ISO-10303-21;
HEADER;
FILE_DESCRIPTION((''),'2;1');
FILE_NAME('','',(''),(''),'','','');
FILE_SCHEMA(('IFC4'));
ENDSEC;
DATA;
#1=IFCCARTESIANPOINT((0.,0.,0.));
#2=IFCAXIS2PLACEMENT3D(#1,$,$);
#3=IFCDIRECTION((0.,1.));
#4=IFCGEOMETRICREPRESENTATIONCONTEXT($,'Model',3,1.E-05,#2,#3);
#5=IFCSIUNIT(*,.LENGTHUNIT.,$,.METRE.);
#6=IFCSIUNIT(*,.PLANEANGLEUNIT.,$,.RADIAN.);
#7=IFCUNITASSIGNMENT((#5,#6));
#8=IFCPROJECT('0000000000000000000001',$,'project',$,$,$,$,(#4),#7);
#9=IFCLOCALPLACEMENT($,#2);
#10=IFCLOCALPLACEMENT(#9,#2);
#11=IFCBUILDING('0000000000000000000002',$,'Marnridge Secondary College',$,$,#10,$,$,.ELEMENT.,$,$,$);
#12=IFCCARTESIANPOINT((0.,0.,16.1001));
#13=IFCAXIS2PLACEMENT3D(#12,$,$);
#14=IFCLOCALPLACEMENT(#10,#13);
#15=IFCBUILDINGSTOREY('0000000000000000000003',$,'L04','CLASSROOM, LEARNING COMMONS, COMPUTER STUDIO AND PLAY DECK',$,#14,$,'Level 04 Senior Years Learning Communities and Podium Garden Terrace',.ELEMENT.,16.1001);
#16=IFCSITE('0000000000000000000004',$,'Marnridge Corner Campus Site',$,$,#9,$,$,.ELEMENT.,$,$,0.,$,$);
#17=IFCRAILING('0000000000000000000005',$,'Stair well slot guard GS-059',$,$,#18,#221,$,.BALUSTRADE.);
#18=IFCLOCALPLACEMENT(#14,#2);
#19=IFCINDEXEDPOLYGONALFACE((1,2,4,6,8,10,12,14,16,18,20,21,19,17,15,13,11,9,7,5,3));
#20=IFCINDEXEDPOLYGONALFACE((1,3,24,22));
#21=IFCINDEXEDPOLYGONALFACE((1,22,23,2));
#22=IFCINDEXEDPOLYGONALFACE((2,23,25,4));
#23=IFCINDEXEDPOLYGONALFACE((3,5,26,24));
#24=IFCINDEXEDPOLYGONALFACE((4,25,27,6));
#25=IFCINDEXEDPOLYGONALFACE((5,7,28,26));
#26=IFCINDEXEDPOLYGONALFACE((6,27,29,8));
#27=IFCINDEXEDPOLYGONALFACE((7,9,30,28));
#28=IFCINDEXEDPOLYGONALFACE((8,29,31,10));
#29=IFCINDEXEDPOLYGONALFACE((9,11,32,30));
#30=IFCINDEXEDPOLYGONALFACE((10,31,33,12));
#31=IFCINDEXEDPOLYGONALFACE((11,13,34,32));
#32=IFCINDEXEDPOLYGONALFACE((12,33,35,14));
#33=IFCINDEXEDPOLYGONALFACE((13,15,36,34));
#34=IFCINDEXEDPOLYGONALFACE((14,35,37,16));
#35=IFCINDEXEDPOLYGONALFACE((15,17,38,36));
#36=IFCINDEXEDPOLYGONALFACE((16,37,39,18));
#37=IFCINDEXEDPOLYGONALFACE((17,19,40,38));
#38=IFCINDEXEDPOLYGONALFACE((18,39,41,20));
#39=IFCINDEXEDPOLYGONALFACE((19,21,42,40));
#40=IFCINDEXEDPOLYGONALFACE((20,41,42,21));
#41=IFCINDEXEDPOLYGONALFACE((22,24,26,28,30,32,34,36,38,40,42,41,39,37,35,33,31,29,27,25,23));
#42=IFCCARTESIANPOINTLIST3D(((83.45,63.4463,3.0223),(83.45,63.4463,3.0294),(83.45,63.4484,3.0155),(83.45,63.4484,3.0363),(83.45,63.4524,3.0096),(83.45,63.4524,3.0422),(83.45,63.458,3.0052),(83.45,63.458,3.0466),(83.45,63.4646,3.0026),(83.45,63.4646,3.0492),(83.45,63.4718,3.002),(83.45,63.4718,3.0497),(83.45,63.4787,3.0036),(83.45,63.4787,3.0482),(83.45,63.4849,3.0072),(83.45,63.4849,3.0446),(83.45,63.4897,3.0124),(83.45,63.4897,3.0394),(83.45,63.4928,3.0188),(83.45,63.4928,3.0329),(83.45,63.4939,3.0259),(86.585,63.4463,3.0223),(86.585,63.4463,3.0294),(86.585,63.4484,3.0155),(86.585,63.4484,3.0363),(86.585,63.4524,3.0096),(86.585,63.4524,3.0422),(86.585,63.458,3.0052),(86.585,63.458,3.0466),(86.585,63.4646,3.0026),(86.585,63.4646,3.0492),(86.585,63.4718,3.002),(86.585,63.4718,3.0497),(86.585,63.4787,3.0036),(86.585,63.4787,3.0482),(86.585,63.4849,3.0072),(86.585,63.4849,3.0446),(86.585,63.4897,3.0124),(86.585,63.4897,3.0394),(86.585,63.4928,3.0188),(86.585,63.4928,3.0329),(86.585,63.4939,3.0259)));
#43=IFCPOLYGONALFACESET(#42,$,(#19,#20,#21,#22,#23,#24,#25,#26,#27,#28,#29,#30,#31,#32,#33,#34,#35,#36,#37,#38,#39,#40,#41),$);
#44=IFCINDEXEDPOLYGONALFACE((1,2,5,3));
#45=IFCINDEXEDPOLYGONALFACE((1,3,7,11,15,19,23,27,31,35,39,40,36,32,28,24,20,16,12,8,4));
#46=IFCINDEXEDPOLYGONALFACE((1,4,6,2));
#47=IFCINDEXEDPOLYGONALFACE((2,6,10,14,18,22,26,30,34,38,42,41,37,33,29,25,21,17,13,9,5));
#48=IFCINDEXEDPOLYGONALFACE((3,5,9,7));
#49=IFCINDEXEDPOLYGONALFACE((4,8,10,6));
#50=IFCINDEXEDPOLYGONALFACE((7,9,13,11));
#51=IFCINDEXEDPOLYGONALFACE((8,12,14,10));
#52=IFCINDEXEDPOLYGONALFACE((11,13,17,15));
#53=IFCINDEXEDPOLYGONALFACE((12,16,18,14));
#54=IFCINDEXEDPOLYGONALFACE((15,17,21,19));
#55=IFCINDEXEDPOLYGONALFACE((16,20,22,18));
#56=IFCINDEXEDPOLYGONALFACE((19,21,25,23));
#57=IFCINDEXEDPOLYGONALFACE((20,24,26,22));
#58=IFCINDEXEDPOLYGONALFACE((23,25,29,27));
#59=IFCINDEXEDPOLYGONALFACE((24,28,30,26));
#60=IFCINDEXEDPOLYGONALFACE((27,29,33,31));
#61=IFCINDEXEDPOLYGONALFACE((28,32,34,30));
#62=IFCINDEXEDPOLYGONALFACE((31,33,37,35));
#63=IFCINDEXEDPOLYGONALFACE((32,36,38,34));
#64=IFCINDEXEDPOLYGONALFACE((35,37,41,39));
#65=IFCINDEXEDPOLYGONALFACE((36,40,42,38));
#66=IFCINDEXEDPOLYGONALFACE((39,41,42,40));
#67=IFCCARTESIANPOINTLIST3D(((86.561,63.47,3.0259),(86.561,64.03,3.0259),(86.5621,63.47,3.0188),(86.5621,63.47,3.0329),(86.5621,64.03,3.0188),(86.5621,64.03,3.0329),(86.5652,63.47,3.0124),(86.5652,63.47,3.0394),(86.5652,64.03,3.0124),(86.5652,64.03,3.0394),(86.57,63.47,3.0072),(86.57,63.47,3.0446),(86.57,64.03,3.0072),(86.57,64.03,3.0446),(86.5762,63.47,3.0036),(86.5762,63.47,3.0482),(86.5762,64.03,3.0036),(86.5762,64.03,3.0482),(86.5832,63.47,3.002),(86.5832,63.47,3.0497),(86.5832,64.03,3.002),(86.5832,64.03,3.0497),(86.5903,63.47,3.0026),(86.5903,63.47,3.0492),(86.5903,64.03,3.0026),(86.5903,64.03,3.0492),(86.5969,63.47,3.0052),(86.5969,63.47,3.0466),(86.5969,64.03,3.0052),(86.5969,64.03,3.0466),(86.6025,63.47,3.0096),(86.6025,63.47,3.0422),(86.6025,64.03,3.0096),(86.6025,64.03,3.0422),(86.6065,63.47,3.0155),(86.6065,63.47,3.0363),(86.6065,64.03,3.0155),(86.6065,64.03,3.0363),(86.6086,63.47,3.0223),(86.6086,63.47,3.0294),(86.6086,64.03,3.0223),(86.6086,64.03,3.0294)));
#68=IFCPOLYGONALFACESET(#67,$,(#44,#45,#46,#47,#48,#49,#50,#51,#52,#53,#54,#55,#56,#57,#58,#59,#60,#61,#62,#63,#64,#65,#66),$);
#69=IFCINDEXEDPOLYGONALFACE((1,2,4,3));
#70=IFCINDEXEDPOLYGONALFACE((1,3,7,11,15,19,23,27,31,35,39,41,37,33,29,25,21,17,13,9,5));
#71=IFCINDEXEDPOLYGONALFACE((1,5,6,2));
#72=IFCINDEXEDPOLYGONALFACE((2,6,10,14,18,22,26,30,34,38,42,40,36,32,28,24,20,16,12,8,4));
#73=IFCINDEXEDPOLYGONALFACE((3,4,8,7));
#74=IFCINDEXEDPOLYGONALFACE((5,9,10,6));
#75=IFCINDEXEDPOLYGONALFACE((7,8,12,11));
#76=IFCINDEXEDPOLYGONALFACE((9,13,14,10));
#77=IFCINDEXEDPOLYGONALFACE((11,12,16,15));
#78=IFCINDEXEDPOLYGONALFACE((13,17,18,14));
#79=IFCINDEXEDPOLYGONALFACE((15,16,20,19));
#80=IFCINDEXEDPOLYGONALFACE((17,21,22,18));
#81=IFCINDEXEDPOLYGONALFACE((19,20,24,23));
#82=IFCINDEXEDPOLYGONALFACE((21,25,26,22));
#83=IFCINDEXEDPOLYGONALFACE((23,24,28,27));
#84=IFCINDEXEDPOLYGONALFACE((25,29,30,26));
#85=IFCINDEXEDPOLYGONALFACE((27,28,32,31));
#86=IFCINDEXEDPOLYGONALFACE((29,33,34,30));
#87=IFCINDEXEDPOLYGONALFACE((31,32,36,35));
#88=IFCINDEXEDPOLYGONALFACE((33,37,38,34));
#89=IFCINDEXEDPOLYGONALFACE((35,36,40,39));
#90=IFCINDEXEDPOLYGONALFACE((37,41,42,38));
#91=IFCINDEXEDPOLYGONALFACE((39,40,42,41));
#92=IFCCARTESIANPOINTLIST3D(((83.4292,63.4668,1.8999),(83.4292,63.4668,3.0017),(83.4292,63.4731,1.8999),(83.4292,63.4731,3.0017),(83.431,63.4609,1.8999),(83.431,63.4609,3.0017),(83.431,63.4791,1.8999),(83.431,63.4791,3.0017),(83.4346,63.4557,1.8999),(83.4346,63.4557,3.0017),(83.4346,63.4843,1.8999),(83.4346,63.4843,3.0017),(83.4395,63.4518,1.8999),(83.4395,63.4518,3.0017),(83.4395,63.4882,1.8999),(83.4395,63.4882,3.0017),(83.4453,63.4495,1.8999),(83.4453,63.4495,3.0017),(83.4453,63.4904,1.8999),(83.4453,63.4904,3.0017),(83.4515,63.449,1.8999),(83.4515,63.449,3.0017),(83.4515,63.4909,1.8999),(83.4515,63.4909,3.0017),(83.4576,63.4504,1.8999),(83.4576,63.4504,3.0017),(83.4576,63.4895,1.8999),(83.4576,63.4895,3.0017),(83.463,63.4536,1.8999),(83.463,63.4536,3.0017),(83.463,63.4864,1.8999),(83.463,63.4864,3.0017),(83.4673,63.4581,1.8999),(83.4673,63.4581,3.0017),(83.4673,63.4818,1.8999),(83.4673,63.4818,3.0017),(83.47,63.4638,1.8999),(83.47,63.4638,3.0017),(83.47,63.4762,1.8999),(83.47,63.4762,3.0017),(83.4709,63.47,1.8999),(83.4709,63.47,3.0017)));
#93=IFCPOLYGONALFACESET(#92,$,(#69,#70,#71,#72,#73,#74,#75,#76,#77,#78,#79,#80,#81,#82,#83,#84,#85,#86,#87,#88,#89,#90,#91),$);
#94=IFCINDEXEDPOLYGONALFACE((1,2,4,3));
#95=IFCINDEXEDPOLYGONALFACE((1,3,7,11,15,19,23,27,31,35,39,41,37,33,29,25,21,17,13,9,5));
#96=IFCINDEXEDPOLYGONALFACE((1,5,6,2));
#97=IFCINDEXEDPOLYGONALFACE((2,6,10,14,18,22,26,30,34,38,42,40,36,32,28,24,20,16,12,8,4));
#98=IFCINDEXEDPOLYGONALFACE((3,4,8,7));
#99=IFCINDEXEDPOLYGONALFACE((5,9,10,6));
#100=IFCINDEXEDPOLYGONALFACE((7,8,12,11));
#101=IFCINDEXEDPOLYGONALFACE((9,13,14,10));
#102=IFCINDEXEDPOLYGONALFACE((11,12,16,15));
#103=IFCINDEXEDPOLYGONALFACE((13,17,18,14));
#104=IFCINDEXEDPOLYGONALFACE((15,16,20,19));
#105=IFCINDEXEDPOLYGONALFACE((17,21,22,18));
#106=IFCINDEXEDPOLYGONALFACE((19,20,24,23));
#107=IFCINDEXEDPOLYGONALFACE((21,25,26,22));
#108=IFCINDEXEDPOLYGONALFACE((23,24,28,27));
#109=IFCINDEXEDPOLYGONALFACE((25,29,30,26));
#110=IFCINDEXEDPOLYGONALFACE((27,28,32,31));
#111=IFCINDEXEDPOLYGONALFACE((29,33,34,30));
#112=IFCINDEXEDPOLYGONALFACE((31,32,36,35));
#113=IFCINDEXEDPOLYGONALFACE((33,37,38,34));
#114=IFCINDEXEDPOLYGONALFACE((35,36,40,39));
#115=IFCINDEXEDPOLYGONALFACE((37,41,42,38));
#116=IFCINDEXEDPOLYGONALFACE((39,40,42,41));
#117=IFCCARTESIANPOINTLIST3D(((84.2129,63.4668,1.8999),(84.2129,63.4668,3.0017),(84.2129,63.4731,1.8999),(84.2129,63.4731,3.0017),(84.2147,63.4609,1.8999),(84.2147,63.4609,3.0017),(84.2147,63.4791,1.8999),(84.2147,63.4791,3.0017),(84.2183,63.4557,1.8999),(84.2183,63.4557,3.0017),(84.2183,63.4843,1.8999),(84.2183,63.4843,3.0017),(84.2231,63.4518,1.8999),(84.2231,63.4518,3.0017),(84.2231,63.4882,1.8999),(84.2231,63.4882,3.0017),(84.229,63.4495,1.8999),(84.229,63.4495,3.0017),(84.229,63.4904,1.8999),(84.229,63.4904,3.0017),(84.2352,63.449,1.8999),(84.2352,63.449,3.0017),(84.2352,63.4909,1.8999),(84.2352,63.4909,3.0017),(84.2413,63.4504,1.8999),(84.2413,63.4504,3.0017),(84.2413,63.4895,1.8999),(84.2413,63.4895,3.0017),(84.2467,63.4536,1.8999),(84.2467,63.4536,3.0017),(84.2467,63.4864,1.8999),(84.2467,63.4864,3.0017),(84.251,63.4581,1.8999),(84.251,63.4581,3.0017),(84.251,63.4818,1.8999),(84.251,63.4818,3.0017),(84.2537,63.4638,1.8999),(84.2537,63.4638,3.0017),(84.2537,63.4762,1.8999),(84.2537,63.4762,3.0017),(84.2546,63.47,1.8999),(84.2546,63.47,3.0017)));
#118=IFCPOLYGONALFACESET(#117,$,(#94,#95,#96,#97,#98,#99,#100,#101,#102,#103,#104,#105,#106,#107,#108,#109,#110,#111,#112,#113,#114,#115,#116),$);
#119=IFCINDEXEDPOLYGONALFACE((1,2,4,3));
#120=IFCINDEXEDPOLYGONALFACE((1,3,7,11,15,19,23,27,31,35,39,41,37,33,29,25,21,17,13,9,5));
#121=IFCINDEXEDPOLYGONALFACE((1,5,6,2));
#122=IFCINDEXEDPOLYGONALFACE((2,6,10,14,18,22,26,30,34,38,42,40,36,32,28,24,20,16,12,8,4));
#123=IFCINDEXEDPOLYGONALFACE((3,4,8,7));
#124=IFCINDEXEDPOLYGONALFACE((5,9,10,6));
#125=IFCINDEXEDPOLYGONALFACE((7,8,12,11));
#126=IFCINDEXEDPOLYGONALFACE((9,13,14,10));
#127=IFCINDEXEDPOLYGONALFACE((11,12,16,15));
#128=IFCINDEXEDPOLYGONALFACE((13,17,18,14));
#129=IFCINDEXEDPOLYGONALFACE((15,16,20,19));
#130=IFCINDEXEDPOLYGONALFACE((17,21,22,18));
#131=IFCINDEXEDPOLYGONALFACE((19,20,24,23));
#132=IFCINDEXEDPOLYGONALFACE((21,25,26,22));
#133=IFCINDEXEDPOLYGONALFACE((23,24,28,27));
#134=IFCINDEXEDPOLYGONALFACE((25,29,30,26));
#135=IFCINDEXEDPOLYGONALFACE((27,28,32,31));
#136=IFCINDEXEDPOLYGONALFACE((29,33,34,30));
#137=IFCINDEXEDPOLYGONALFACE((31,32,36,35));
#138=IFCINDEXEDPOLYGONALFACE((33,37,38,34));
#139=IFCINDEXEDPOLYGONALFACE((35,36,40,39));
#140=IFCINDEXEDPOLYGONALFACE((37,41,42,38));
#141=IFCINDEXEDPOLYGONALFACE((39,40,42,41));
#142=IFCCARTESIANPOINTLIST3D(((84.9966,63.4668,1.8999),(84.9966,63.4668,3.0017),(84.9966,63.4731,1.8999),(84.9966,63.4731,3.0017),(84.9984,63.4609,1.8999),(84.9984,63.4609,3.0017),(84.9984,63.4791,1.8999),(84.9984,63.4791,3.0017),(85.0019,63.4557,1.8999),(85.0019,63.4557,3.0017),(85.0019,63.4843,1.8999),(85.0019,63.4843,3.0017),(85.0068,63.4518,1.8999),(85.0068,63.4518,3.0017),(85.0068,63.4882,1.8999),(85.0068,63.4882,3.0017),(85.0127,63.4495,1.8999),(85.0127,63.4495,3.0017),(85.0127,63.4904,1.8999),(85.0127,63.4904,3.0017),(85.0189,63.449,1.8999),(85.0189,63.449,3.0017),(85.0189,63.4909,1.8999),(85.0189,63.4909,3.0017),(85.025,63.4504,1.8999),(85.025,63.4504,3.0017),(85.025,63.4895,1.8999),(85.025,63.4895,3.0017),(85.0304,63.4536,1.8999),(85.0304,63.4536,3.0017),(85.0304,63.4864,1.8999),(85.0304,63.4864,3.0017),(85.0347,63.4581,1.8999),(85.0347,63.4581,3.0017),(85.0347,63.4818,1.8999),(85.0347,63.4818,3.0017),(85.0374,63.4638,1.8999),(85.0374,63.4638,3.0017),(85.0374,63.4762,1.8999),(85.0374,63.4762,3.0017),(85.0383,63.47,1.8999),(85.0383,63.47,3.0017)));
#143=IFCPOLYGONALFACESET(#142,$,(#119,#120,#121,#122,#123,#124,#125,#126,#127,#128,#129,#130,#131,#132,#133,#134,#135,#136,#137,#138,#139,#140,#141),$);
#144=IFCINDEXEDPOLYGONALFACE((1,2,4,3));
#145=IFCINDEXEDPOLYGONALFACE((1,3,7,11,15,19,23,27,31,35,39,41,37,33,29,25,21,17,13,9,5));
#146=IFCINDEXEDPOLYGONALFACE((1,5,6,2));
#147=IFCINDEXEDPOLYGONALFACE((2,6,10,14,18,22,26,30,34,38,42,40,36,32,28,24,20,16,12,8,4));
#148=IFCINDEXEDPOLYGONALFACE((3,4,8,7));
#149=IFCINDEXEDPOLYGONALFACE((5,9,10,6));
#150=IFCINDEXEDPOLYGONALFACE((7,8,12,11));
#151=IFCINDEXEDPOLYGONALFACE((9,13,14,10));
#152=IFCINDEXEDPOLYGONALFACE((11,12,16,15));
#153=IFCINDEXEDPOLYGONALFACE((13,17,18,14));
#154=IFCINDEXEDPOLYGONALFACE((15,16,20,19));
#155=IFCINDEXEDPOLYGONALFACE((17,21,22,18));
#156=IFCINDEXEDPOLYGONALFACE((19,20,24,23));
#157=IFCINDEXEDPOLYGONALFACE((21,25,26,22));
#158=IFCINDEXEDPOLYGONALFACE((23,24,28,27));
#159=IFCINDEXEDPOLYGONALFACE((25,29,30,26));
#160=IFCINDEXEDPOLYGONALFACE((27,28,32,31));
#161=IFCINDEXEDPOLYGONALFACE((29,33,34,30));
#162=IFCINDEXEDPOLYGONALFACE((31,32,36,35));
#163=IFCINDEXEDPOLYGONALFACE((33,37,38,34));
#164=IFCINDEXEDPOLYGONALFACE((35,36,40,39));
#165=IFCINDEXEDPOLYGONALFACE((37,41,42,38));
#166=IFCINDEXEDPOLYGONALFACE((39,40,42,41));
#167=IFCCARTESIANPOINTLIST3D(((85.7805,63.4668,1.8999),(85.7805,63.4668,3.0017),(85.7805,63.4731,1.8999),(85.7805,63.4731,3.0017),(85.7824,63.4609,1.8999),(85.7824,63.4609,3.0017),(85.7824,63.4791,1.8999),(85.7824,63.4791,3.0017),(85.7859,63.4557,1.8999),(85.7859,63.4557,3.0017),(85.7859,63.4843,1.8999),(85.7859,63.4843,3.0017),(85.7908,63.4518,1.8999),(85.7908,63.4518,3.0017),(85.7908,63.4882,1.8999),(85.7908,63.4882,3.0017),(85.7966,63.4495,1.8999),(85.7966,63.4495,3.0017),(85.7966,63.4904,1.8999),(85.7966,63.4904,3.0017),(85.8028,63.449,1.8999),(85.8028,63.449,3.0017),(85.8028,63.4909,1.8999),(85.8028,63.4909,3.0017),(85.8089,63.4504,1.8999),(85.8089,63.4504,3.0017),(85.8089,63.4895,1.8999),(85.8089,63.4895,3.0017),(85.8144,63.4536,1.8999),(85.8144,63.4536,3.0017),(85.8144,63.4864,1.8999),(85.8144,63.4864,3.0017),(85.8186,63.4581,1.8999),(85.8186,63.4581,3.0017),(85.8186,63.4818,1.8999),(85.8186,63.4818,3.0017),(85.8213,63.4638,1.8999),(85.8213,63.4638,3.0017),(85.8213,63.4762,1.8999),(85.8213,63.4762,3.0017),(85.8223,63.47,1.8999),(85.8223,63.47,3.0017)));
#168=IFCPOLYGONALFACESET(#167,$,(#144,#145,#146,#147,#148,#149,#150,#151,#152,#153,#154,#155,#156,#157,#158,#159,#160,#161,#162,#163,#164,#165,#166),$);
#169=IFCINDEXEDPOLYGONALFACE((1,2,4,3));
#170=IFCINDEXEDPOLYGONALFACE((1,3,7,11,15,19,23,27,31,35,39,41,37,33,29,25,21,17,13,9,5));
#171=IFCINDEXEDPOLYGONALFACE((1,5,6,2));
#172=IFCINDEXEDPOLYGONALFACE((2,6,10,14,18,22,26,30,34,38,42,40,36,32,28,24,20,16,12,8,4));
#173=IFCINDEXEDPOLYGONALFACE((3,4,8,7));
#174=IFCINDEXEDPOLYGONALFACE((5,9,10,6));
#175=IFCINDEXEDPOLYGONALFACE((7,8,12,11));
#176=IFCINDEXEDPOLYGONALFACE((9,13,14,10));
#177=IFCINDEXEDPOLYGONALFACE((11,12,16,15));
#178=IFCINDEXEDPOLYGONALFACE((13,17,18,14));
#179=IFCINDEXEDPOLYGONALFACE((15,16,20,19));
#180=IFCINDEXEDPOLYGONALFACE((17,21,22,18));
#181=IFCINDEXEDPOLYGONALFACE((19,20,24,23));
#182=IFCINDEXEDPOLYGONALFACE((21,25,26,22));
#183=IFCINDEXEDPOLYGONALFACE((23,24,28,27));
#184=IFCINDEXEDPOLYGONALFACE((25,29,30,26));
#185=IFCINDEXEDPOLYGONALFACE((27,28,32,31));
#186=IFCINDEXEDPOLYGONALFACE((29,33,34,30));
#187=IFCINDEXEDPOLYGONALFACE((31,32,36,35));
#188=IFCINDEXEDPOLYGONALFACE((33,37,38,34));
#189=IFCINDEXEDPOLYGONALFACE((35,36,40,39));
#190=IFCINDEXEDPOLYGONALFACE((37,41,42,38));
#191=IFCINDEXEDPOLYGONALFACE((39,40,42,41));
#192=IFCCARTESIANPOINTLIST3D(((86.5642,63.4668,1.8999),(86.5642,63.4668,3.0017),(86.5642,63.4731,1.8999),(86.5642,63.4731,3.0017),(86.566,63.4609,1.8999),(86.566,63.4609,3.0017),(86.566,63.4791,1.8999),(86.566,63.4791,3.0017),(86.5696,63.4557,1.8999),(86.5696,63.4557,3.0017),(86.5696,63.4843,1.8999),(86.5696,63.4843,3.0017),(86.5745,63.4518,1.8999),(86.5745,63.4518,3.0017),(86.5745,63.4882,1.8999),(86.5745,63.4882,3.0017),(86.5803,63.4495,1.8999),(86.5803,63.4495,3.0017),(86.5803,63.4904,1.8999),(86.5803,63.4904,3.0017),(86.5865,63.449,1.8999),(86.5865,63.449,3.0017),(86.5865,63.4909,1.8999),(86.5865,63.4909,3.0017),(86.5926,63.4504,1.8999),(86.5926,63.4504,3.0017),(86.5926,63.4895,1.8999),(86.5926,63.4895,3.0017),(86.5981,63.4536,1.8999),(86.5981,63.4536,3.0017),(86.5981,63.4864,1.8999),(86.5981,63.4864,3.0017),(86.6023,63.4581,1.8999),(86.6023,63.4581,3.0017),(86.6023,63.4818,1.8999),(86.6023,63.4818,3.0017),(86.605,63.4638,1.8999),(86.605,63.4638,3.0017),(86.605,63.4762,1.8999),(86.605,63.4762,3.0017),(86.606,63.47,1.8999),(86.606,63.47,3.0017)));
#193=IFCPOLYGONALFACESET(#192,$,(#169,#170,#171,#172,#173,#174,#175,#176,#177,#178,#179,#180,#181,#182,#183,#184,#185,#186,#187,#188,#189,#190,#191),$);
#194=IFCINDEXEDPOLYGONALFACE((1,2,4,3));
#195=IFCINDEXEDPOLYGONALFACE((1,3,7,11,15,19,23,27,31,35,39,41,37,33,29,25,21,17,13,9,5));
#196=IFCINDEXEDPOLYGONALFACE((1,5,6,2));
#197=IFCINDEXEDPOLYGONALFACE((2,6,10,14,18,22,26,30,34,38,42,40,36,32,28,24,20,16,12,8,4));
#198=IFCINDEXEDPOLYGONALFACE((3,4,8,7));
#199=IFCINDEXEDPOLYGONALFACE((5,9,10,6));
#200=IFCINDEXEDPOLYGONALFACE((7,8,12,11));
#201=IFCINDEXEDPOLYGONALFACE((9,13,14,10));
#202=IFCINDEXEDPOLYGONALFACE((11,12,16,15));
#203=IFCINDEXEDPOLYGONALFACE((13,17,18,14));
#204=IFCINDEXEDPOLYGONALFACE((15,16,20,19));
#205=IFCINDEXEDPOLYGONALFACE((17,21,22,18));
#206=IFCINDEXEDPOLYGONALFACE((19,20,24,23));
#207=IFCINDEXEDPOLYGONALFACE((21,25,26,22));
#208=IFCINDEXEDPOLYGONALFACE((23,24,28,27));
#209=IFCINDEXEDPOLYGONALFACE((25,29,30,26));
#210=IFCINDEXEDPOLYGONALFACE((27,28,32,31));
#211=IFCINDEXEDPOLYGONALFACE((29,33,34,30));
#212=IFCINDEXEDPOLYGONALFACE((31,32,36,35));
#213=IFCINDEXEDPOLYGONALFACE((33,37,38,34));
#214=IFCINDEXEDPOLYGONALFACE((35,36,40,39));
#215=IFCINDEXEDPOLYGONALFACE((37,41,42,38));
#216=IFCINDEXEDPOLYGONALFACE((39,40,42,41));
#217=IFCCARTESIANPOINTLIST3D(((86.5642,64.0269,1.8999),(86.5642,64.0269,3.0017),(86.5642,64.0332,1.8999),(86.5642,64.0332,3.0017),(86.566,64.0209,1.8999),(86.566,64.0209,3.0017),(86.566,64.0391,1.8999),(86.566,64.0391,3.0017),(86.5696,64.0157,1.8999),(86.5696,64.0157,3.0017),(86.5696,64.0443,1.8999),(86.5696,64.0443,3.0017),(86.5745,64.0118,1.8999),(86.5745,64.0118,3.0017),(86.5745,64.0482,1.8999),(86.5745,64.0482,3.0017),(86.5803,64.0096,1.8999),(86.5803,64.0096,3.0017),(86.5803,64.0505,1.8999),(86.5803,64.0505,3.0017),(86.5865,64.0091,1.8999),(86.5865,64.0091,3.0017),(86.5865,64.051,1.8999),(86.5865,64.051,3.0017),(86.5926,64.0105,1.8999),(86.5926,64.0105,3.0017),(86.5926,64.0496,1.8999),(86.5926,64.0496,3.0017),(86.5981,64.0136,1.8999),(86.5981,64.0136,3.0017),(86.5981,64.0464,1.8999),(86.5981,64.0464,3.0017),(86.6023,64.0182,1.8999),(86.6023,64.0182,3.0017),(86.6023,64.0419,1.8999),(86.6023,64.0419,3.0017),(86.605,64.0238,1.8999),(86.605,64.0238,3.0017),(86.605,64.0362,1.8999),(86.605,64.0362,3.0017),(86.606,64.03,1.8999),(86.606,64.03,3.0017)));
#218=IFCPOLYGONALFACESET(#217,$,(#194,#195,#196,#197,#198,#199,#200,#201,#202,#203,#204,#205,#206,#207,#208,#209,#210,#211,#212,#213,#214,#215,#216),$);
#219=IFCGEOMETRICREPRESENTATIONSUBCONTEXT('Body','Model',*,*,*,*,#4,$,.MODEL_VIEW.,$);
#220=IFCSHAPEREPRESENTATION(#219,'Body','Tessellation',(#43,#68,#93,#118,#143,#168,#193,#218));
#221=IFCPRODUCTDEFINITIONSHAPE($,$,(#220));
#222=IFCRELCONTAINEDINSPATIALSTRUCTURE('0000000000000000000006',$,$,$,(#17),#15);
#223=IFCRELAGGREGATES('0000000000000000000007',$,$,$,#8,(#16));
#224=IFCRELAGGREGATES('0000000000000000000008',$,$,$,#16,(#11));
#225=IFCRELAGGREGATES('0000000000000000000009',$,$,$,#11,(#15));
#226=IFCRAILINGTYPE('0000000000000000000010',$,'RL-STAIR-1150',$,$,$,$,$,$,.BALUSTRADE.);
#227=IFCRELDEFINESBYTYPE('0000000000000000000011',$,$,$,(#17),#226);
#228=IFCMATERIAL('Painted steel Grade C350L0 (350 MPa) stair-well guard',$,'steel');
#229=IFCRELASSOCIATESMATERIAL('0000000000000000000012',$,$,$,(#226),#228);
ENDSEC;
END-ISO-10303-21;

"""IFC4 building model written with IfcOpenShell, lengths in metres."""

from ifc_helpers import new_model, si_unit, direction, frame, origin, origin_2d, place, context, subcontext, project, spatial, circle, extrude, material, type_object, element, save


model = new_model("IFC4")

# Units and contexts
model_context = context("Model", 3, precision=1e-05, world=origin(), true_north=direction((0.0, 1.0)))
body_context = subcontext(model_context, "Body", "Model", "MODEL_VIEW")
ifc_project = project(units=[si_unit("LENGTHUNIT", "METRE"), si_unit("PLANEANGLEUNIT", "RADIAN")], contexts=[model_context])

# Site, building, storey
site_placement = place(None, origin())
site = spatial("IfcSite", under=ifc_project, at=site_placement, Name="Marnridge Corner Campus Site", CompositionType="ELEMENT", RefElevation=0.0)
building_placement = place(site_placement, origin())
building = spatial("IfcBuilding", under=site, at=building_placement, Name="Marnridge Secondary College", CompositionType="ELEMENT")
storey_placement = place(building_placement, frame((0.0, 0.0, 16.1001)))
storey = spatial("IfcBuildingStorey", under=building, at=storey_placement, Name="L04", Description="CLASSROOM, LEARNING COMMONS, COMPUTER STUDIO AND PLAY DECK", LongName="Level 04 Senior Years Learning Communities and Podium Garden Terrace", CompositionType="ELEMENT", Elevation=16.1001)

# Railing
ifc_material_1 = material(Name="Painted steel Grade C350L0 (350 MPa) stair-well guard", Category="steel")
railing_type_1 = type_object("IfcRailingType", Name="RL-STAIR-1150", PredefinedType="BALUSTRADE", material=ifc_material_1)
railing_1_placement = place(storey_placement, frame((83.45, 63.47, 1.8999)))
element("IfcRailing", 1, at=railing_1_placement, inside=storey, type_object=railing_type_1, Name="Stair well slot guard GS-059", PredefinedType="BALUSTRADE", context=body_context, shape_type="SweptSolid", body=[
    extrude(circle(Radius=0.0239, at=origin_2d()), frame((0.0, 0.0, 1.126), z_axis=(1.0, 0.0, 0.0), x_axis=(0.0, 1.0, 0.0)), (0.0, 0.0, 1.0), 3.135),
    extrude(circle(Radius=0.0239, at=origin_2d()), frame((3.135, 0.0, 1.126), z_axis=(0.0, 1.0, 0.0), x_axis=(-1.0, 0.0, 0.0)), (0.0, 0.0, 1.0), 0.5601),
    extrude(circle(Radius=0.021, at=origin_2d()), origin(), (0.0, 0.0, 1.0), 1.1018),
    extrude(circle(Radius=0.021, at=origin_2d()), frame((0.7837, 0.0, 0.0)), (0.0, 0.0, 1.0), 1.1018),
    extrude(circle(Radius=0.021, at=origin_2d()), frame((1.5674, 0.0, 0.0)), (0.0, 0.0, 1.0), 1.1018),
    extrude(circle(Radius=0.021, at=origin_2d()), frame((2.3513, 0.0, 0.0)), (0.0, 0.0, 1.0), 1.1018),
    extrude(circle(Radius=0.021, at=origin_2d()), frame((3.135, 0.0, 0.0)), (0.0, 0.0, 1.0), 1.1018),
    extrude(circle(Radius=0.021, at=origin_2d()), frame((3.135, 0.5601, 0.0)), (0.0, 0.0, 1.0), 1.1018),
])

save(model, "model.ifc")
